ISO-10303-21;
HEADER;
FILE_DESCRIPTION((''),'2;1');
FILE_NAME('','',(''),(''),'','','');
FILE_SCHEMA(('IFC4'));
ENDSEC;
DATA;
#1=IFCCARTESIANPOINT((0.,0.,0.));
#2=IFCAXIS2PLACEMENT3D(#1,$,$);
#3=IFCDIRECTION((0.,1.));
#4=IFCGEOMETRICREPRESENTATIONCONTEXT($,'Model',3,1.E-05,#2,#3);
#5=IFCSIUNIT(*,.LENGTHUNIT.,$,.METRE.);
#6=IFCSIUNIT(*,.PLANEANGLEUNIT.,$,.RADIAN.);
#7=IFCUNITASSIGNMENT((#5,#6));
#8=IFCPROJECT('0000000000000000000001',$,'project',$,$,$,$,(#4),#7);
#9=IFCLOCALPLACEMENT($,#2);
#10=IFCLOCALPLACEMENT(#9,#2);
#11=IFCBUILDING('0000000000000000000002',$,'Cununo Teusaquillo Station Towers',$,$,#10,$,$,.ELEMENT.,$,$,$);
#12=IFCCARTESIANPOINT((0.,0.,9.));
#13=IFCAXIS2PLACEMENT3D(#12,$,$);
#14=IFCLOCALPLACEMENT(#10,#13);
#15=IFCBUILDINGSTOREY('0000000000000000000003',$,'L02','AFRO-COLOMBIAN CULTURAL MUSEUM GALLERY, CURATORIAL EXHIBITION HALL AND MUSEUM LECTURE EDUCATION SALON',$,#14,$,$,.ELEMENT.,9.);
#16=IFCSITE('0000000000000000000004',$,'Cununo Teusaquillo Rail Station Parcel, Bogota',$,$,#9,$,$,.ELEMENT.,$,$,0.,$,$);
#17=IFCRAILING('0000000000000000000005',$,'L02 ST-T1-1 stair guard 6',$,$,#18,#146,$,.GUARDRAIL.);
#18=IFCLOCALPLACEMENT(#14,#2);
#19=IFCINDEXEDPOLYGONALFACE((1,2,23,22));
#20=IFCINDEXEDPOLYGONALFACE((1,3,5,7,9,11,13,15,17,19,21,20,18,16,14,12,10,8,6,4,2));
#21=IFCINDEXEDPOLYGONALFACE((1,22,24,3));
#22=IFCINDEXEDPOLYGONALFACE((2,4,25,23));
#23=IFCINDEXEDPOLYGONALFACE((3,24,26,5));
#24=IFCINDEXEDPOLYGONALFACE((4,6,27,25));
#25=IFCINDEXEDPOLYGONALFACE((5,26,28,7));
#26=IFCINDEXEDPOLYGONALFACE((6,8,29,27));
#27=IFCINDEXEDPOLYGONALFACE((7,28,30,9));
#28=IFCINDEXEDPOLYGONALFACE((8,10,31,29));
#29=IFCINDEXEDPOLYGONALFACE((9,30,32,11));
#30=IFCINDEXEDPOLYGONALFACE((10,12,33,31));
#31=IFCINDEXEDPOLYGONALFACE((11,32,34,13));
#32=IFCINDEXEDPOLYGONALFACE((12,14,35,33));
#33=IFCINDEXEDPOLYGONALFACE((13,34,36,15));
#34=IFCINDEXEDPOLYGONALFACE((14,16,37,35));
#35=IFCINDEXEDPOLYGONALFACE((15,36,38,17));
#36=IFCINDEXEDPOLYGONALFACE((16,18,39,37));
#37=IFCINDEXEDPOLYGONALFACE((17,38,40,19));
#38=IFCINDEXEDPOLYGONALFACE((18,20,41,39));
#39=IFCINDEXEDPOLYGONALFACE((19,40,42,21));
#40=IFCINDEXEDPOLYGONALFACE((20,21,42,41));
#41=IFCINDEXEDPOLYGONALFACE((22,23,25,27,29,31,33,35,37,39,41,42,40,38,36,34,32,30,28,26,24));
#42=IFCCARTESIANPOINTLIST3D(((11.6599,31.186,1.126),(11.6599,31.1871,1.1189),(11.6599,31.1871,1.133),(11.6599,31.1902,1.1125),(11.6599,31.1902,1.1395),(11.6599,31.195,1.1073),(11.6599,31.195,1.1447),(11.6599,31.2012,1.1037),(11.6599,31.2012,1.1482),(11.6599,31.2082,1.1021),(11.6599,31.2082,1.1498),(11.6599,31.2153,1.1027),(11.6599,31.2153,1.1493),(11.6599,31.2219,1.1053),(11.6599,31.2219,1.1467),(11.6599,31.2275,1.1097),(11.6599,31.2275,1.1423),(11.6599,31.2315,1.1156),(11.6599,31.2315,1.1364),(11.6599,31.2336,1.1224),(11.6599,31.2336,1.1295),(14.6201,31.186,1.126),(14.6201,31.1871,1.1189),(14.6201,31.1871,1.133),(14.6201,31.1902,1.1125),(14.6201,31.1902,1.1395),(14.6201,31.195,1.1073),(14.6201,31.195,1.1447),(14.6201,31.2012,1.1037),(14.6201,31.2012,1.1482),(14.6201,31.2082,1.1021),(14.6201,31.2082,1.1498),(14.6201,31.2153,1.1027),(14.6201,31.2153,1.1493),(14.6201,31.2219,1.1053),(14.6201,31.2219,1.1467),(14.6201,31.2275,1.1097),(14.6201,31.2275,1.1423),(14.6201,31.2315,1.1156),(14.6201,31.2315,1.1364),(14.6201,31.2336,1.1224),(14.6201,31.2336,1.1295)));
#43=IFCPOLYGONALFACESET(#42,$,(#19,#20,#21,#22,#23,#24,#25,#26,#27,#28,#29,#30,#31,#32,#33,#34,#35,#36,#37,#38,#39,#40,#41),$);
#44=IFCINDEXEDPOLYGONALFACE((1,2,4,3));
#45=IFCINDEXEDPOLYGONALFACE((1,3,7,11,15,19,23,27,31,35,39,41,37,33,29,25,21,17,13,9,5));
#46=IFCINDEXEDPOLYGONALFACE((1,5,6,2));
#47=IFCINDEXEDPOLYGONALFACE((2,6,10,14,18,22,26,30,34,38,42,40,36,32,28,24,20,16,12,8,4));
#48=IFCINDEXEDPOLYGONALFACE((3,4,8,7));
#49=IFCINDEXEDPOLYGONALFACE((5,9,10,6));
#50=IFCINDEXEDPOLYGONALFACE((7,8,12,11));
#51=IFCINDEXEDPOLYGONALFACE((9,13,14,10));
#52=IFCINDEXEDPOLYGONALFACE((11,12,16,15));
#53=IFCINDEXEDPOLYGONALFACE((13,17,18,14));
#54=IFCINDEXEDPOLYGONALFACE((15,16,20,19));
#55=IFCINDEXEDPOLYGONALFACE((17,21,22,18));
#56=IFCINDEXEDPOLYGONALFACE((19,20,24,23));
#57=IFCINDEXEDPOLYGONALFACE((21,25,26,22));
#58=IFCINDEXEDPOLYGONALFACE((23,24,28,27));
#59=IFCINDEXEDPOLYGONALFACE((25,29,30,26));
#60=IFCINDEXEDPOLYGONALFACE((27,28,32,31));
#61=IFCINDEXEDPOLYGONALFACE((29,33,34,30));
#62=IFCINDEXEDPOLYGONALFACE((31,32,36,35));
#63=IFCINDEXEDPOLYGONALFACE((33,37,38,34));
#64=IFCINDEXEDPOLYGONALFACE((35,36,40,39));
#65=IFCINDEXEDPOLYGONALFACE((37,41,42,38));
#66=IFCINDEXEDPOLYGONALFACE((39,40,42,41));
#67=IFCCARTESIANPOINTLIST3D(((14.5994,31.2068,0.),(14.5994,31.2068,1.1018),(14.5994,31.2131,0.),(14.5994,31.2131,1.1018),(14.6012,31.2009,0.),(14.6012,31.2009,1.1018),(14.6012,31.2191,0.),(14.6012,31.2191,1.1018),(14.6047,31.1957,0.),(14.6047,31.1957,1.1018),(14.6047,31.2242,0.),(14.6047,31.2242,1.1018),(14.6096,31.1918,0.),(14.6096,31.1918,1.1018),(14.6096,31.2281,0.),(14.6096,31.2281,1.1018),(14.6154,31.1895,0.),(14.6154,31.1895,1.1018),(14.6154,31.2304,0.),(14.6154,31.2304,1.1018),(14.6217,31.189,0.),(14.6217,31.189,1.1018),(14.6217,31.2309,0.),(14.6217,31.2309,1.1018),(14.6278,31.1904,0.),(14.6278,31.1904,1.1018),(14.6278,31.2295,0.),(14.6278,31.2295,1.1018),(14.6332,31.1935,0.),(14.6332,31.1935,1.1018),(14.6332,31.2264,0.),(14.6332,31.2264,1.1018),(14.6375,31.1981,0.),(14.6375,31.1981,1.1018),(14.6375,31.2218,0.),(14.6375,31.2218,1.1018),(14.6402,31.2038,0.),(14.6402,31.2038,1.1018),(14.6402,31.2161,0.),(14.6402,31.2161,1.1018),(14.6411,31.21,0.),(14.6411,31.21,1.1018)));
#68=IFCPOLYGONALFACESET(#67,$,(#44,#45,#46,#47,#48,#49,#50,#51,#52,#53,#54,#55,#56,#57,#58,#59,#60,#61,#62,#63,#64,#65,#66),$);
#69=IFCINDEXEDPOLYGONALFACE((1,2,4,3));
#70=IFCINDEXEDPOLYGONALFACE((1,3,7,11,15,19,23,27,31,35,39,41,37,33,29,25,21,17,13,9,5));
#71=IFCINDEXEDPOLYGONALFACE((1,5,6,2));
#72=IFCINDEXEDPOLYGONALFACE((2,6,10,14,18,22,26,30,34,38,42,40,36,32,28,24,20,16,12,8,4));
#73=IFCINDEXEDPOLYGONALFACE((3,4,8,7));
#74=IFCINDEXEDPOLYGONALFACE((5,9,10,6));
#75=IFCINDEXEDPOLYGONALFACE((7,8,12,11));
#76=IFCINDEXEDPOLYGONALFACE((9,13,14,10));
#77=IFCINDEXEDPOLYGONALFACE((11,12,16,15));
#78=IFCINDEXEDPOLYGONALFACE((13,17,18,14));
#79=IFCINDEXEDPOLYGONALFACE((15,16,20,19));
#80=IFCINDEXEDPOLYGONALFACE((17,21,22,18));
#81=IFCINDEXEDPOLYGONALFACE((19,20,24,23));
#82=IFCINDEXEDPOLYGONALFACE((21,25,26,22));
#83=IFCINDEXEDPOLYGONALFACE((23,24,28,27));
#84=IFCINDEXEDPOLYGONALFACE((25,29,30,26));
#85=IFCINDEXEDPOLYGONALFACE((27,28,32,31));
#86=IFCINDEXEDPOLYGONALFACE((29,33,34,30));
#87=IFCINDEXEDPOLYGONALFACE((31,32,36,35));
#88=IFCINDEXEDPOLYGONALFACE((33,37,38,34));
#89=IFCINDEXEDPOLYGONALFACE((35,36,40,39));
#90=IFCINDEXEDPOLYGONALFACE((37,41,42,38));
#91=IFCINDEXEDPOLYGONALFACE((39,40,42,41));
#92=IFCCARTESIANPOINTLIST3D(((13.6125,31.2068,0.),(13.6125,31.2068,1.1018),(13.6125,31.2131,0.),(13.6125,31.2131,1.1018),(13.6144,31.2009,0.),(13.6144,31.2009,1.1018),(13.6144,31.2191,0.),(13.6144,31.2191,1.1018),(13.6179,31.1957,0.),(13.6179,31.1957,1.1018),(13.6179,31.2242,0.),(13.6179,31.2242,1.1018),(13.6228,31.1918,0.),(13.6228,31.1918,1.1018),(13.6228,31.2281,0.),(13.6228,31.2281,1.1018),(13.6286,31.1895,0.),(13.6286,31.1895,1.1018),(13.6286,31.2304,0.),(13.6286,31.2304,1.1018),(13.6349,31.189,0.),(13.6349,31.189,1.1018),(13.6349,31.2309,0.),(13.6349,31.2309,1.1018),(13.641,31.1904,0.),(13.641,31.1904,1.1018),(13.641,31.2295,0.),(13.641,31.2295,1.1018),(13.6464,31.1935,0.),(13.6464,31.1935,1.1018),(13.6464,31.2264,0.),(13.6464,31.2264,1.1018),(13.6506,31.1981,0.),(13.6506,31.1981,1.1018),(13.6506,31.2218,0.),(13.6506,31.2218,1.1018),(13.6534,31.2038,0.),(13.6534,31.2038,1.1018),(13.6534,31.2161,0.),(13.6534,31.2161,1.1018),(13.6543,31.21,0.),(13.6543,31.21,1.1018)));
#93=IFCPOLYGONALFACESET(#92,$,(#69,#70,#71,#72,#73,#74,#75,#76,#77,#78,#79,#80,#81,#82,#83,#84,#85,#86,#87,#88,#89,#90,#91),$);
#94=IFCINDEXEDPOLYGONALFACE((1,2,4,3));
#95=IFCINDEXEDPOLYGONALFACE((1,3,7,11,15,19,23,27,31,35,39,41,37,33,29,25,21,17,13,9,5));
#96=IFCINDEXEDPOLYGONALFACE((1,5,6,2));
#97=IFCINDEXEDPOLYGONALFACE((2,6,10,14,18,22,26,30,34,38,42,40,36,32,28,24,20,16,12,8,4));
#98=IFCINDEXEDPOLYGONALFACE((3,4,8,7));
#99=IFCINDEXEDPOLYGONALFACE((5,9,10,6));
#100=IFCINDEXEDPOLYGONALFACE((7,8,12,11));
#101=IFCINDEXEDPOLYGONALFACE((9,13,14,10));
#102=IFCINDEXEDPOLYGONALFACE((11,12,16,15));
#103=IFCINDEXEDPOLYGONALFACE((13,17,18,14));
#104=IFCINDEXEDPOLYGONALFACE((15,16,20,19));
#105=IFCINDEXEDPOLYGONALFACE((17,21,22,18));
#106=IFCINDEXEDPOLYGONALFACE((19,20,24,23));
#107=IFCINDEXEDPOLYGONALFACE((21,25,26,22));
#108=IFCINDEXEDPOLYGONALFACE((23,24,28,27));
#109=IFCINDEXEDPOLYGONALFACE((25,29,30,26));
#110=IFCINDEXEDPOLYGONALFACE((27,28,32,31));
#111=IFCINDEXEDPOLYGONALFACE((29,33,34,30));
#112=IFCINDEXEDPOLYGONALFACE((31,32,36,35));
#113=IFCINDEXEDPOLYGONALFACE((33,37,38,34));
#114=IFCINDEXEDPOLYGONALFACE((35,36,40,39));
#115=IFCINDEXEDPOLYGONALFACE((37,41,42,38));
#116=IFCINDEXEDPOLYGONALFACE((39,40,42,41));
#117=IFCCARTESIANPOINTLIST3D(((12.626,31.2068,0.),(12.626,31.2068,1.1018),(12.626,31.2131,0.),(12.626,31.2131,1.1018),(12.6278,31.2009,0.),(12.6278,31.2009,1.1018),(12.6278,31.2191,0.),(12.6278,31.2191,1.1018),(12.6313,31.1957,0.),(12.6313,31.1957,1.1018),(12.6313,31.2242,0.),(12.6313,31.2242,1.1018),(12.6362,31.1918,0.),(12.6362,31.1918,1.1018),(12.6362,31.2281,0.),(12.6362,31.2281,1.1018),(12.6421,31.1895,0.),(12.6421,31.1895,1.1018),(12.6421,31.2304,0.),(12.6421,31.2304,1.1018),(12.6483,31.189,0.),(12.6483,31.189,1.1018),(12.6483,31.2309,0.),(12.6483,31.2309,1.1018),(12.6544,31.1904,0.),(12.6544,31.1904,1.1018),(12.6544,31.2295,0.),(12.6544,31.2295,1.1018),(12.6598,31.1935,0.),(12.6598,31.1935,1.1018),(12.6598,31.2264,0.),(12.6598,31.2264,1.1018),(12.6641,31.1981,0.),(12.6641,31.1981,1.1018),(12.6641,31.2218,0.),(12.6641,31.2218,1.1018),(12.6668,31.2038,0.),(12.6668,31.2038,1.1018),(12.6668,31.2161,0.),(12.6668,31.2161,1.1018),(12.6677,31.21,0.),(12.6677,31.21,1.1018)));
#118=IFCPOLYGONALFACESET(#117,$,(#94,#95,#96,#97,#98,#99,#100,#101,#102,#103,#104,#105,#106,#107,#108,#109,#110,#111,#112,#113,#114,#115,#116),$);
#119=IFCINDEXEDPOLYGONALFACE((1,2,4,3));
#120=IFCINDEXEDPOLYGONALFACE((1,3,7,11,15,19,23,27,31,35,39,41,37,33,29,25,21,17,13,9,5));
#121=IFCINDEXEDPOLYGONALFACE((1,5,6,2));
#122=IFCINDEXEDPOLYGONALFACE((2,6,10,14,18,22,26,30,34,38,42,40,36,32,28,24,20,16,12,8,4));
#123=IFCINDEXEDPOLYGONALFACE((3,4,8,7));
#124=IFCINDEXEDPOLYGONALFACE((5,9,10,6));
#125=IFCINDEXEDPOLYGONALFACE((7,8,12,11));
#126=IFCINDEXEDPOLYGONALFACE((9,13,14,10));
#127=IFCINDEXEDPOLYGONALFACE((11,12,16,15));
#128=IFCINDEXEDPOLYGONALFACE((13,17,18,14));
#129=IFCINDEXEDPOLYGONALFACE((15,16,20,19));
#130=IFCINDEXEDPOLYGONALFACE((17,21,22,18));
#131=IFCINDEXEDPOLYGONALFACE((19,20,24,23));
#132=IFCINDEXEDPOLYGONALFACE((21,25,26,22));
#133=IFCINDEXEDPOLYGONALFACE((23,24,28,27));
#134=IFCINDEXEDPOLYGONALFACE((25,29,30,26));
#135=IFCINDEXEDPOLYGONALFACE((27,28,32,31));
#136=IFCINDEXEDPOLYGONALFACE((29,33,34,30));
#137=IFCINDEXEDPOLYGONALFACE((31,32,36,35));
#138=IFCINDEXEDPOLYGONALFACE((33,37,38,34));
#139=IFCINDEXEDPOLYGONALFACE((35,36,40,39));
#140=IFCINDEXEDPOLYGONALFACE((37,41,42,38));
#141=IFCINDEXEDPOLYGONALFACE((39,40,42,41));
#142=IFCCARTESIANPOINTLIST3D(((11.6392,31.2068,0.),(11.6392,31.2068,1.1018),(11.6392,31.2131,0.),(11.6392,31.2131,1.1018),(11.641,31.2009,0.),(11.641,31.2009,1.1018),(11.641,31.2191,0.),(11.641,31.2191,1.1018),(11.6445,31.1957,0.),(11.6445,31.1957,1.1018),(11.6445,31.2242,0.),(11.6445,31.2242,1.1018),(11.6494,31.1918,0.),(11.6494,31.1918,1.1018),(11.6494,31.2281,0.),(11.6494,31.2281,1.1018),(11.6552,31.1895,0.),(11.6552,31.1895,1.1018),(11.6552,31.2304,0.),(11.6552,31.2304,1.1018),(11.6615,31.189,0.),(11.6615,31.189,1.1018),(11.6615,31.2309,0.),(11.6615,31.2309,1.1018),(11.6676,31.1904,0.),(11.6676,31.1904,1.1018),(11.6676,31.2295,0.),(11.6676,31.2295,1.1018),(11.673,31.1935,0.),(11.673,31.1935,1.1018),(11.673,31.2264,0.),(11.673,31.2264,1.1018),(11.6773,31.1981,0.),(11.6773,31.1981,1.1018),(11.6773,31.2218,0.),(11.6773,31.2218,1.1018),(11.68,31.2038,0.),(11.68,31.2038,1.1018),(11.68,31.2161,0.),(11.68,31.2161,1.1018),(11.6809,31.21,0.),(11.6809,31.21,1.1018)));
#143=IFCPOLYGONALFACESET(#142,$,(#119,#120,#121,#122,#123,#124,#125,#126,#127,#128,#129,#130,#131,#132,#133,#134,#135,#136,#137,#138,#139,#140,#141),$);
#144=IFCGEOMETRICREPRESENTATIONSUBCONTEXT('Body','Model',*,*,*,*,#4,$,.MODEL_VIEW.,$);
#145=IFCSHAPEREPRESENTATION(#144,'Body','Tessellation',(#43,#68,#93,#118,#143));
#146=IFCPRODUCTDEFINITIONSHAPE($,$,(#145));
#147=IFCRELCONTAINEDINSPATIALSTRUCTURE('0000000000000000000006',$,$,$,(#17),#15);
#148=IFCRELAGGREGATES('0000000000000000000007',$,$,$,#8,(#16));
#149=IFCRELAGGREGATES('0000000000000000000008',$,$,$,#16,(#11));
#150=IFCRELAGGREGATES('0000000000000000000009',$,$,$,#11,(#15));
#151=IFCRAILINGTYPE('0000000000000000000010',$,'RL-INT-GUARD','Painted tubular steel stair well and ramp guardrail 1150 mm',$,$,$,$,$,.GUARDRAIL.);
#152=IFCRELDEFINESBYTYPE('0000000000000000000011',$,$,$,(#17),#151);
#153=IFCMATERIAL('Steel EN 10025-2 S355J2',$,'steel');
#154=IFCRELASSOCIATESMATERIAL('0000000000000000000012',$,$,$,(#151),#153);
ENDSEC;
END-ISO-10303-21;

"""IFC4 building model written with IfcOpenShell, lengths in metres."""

from ifc_helpers import new_model, si_unit, direction, frame, origin, origin_2d, place, context, subcontext, project, spatial, circle, extrude, material, type_object, element, save


model = new_model("IFC4")

# Units and contexts
model_context = context("Model", 3, precision=1e-05, world=origin(), true_north=direction((0.0, 1.0)))
body_context = subcontext(model_context, "Body", "Model", "MODEL_VIEW")
ifc_project = project(units=[si_unit("LENGTHUNIT", "METRE"), si_unit("PLANEANGLEUNIT", "RADIAN")], contexts=[model_context])

# Site, building, storey
site_placement = place(None, origin())
site = spatial("IfcSite", under=ifc_project, at=site_placement, Name="Cununo Teusaquillo Rail Station Parcel, Bogota", CompositionType="ELEMENT", RefElevation=0.0)
building_placement = place(site_placement, origin())
building = spatial("IfcBuilding", under=site, at=building_placement, Name="Cununo Teusaquillo Station Towers", CompositionType="ELEMENT")
storey_placement = place(building_placement, frame((0.0, 0.0, 9.0)))
storey = spatial("IfcBuildingStorey", under=building, at=storey_placement, Name="L02", Description="AFRO-COLOMBIAN CULTURAL MUSEUM GALLERY, CURATORIAL EXHIBITION HALL AND MUSEUM LECTURE EDUCATION SALON", CompositionType="ELEMENT", Elevation=9.0)

# Railing
ifc_material_1 = material(Name="Steel EN 10025-2 S355J2", Category="steel")
railing_type_1 = type_object("IfcRailingType", Name="RL-INT-GUARD", Description="Painted tubular steel stair well and ramp guardrail 1150 mm", PredefinedType="GUARDRAIL", material=ifc_material_1)
railing_1_placement = place(storey_placement, frame((14.6201, 31.21, 0.0)))
element("IfcRailing", 1, at=railing_1_placement, inside=storey, type_object=railing_type_1, Name="L02 ST-T1-1 stair guard 6", PredefinedType="GUARDRAIL", context=body_context, shape_type="SweptSolid", body=[
    extrude(circle(Radius=0.0239, at=origin_2d()), frame((0.0, 0.0, 1.126), z_axis=(-1.0, 0.0, 0.0), x_axis=(0.0, -1.0, 0.0)), (0.0, 0.0, 1.0), 2.9602),
    extrude(circle(Radius=0.021, at=origin_2d()), origin(), (0.0, 0.0, 1.0), 1.1018),
    extrude(circle(Radius=0.021, at=origin_2d()), frame((-0.9868, 0.0, 0.0)), (0.0, 0.0, 1.0), 1.1018),
    extrude(circle(Radius=0.021, at=origin_2d()), frame((-1.9734, 0.0, 0.0)), (0.0, 0.0, 1.0), 1.1018),
    extrude(circle(Radius=0.021, at=origin_2d()), frame((-2.9602, 0.0, 0.0)), (0.0, 0.0, 1.0), 1.1018),
])

save(model, "model.ifc")
